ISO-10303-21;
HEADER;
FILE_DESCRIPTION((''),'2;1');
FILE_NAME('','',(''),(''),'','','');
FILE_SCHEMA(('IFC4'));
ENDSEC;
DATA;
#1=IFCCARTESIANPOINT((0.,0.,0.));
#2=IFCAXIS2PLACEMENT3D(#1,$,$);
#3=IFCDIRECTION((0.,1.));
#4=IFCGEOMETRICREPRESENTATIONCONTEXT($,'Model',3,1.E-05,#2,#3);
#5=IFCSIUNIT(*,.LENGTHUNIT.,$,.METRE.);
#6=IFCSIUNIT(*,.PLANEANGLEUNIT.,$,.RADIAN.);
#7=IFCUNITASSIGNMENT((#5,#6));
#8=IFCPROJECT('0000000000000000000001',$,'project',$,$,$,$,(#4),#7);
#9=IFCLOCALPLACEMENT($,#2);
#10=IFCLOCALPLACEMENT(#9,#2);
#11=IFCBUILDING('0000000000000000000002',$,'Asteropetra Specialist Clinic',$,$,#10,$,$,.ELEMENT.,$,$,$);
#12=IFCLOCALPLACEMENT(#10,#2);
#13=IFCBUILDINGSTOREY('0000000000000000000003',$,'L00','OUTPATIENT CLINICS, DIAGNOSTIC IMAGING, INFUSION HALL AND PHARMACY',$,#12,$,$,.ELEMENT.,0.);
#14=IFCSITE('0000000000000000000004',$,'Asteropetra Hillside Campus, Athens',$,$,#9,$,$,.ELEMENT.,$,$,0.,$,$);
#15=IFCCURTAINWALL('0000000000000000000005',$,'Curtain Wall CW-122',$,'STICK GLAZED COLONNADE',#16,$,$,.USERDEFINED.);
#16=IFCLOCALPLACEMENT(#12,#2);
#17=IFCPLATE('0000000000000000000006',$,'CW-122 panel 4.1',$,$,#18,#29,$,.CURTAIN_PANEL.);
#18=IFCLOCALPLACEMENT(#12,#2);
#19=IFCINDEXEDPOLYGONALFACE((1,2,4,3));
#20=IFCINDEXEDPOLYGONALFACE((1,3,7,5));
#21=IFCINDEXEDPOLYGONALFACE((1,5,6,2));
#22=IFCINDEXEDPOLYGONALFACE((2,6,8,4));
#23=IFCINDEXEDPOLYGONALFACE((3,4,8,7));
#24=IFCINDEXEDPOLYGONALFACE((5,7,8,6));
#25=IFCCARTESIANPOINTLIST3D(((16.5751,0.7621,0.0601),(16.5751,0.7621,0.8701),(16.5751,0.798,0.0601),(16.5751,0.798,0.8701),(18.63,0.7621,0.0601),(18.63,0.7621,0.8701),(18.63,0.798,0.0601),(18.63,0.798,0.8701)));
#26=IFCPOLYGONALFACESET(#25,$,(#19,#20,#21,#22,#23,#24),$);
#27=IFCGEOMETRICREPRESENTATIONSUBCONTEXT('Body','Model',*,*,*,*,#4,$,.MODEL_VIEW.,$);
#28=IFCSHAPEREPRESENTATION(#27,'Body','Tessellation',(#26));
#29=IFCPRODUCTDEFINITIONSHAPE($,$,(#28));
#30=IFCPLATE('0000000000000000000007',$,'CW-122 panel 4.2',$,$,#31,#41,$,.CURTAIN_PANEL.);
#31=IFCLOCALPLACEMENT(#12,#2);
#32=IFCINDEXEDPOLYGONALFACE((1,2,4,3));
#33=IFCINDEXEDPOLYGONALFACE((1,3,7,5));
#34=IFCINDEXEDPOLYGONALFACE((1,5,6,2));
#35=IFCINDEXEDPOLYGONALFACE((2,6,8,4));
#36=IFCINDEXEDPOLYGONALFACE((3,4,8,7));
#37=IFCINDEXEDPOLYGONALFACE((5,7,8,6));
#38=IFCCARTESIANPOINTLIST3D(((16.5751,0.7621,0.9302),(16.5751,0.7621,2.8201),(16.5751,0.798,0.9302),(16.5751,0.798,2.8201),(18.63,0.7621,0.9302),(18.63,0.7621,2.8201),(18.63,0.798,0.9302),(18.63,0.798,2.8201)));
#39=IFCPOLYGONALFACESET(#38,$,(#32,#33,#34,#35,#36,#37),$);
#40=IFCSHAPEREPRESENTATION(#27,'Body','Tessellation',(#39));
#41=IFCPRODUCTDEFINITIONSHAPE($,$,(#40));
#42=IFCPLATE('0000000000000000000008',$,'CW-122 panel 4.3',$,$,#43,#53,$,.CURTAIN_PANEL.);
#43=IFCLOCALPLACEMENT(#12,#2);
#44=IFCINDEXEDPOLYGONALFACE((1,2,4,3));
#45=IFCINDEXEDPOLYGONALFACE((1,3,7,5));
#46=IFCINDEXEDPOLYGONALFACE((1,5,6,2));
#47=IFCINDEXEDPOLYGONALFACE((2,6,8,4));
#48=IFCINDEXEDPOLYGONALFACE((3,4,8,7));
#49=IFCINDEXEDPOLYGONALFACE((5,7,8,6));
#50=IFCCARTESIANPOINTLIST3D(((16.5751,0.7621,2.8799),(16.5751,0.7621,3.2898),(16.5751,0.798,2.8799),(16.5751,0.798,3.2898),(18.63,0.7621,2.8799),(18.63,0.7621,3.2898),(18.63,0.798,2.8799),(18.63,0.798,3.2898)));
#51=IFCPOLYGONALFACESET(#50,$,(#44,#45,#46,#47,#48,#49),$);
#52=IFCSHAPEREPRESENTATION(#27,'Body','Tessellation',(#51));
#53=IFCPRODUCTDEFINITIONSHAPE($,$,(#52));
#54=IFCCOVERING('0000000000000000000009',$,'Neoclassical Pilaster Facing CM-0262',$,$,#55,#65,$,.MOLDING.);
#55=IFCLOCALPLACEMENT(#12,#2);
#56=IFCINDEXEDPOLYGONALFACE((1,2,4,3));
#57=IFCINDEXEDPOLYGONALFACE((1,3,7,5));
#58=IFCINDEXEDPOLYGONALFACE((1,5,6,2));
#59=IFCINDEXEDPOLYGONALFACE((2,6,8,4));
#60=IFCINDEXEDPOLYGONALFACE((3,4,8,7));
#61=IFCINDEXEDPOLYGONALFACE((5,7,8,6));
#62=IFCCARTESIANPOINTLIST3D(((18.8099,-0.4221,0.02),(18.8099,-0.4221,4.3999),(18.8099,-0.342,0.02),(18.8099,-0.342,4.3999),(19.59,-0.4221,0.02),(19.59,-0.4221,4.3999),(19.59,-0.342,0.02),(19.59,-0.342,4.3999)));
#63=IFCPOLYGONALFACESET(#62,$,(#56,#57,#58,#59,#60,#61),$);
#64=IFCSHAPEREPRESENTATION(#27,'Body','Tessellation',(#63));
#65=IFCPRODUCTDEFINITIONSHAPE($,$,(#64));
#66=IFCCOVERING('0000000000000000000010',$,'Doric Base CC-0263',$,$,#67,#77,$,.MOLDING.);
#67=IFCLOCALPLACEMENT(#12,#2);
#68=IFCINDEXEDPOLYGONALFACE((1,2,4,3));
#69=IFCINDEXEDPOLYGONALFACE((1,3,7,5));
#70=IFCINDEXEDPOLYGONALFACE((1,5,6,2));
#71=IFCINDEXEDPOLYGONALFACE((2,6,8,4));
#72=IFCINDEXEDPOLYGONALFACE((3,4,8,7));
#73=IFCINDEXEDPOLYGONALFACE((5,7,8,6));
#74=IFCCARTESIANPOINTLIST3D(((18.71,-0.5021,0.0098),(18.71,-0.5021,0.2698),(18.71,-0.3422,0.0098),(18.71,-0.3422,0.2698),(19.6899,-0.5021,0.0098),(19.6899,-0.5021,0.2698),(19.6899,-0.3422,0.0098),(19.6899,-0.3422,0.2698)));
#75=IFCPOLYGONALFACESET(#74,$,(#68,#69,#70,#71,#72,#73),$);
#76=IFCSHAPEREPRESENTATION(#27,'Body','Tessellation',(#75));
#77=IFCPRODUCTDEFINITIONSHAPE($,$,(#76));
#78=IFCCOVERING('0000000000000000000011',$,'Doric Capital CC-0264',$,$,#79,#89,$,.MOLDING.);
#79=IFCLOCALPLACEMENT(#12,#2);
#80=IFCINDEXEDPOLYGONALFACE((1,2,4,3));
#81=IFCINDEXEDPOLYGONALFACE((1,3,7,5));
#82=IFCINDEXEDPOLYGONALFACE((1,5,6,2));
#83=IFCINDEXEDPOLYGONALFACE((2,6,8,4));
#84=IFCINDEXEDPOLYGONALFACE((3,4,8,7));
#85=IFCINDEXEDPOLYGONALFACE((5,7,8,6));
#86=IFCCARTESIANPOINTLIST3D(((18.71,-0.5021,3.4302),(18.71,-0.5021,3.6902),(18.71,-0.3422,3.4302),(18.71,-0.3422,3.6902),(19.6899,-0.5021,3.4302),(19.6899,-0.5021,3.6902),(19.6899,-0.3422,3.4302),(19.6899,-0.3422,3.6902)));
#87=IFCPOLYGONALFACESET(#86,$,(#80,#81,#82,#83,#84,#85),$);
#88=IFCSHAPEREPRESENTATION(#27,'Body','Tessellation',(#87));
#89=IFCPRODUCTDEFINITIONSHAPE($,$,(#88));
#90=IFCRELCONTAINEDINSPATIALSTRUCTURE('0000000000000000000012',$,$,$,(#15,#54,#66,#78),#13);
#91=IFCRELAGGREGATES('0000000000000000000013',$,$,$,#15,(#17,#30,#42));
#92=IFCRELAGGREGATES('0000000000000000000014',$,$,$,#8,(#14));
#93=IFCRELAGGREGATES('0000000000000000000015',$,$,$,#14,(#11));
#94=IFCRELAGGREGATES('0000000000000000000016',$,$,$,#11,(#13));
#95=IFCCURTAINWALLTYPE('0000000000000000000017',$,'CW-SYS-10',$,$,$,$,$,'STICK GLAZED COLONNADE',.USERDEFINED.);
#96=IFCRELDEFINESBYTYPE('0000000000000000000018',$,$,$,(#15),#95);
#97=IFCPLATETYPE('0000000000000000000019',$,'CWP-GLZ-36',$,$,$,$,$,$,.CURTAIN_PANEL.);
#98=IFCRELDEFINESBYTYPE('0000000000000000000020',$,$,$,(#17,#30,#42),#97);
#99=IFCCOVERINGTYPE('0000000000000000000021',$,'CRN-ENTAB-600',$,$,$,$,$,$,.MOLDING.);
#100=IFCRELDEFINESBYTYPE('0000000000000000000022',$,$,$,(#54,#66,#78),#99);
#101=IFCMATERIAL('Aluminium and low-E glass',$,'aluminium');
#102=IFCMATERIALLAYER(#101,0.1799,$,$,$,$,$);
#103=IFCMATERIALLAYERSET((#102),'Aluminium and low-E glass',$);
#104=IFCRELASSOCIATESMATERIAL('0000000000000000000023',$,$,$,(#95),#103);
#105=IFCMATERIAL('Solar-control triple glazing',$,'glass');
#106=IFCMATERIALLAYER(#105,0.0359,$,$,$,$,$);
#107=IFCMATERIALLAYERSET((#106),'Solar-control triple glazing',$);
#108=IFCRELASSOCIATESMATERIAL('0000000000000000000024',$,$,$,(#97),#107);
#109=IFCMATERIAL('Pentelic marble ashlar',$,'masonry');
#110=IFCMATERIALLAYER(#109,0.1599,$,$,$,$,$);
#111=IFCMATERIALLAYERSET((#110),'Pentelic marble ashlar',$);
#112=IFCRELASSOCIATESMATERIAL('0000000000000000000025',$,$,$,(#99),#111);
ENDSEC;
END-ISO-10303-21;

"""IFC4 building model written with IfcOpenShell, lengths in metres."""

from ifc_helpers import new_model, si_unit, direction, frame, origin, origin_2d, place, context, subcontext, project, spatial, rectangle, extrude, material, layer, layer_set, type_object, element, aggregate, save


model = new_model("IFC4")

# Units and contexts
model_context = context("Model", 3, precision=1e-05, world=origin(), true_north=direction((0.0, 1.0)))
body_context = subcontext(model_context, "Body", "Model", "MODEL_VIEW")
ifc_project = project(units=[si_unit("LENGTHUNIT", "METRE"), si_unit("PLANEANGLEUNIT", "RADIAN")], contexts=[model_context])

# Site, building, storey
site_placement = place(None, origin())
site = spatial("IfcSite", under=ifc_project, at=site_placement, Name="Asteropetra Hillside Campus, Athens", CompositionType="ELEMENT", RefElevation=0.0)
building_placement = place(site_placement, origin())
building = spatial("IfcBuilding", under=site, at=building_placement, Name="Asteropetra Specialist Clinic", CompositionType="ELEMENT")
storey_placement = place(building_placement, origin())
storey = spatial("IfcBuildingStorey", under=building, at=storey_placement, Name="L00", Description="OUTPATIENT CLINICS, DIAGNOSTIC IMAGING, INFUSION HALL AND PHARMACY", CompositionType="ELEMENT", Elevation=0.0)

# Curtain wall
ifc_material_1 = material(Name="Aluminium and low-E glass", Category="aluminium")
ifc_layer_1 = layer(ifc_material_1, 0.1799)
ifc_layer_set_1 = layer_set([ifc_layer_1], Name="Aluminium and low-E glass")
curtain_wall_type = type_object("IfcCurtainWallType", Name="CW-SYS-10", ElementType="STICK GLAZED COLONNADE", PredefinedType="USERDEFINED", material=ifc_layer_set_1)
curtain_wall_placement = place(storey_placement, origin())
curtain_wall = element("IfcCurtainWall", 1, at=curtain_wall_placement, inside=storey, type_object=curtain_wall_type, Name="Curtain Wall CW-122", ObjectType="STICK GLAZED COLONNADE", PredefinedType="USERDEFINED")

# Plates
ifc_material_2 = material(Name="Solar-control triple glazing", Category="glass")
ifc_layer_2 = layer(ifc_material_2, 0.0359)
ifc_layer_set_2 = layer_set([ifc_layer_2], Name="Solar-control triple glazing")
plate_type = type_object("IfcPlateType", Name="CWP-GLZ-36", PredefinedType="CURTAIN_PANEL", material=ifc_layer_set_2)
plate_1_placement = place(storey_placement, frame((17.6025, 0.78, 0.0601), z_axis=(0.0, 0.0, 1.0), x_axis=(1.0, 0.0, 0.0)))
plate_1 = element("IfcPlate", 2, at=plate_1_placement, type_object=plate_type, Name="CW-122 panel 4.1", PredefinedType="CURTAIN_PANEL", context=body_context, shape_type="SweptSolid", body=[
    extrude(rectangle(XDim=2.0549, YDim=0.0359, at=origin_2d()), origin(), (0.0, 0.0, 1.0), 0.8101),
])
plate_2_placement = place(storey_placement, frame((17.6025, 0.78, 0.9302), z_axis=(0.0, 0.0, 1.0), x_axis=(1.0, 0.0, 0.0)))
plate_2 = element("IfcPlate", 3, at=plate_2_placement, type_object=plate_type, Name="CW-122 panel 4.2", PredefinedType="CURTAIN_PANEL", context=body_context, shape_type="SweptSolid", body=[
    extrude(rectangle(XDim=2.0549, YDim=0.0359, at=origin_2d()), origin(), (0.0, 0.0, 1.0), 1.8899),
])
plate_3_placement = place(storey_placement, frame((17.6025, 0.78, 2.8799), z_axis=(0.0, 0.0, 1.0), x_axis=(1.0, 0.0, 0.0)))
plate_3 = element("IfcPlate", 4, at=plate_3_placement, type_object=plate_type, Name="CW-122 panel 4.3", PredefinedType="CURTAIN_PANEL", context=body_context, shape_type="SweptSolid", body=[
    extrude(rectangle(XDim=2.0549, YDim=0.0359, at=origin_2d()), origin(), (0.0, 0.0, 1.0), 0.4099),
])
aggregate(curtain_wall, [plate_1, plate_2, plate_3])

# Coverings
ifc_material_3 = material(Name="Pentelic marble ashlar", Category="masonry")
ifc_layer_3 = layer(ifc_material_3, 0.1599)
ifc_layer_set_3 = layer_set([ifc_layer_3], Name="Pentelic marble ashlar")
covering_type = type_object("IfcCoveringType", Name="CRN-ENTAB-600", PredefinedType="MOLDING", material=ifc_layer_set_3)
covering_placement = place(storey_placement, frame((19.2, -0.3821, 0.02), z_axis=(0.0, 0.0, 1.0), x_axis=(1.0, 0.0, 0.0)))
element("IfcCovering", 5, at=covering_placement, inside=storey, type_object=covering_type, Name="Neoclassical Pilaster Facing CM-0262", PredefinedType="MOLDING", context=body_context, shape_type="SweptSolid", body=[
    extrude(rectangle(XDim=0.78, YDim=0.0801, at=origin_2d()), origin(), (0.0, 0.0, 1.0), 4.3799),
])
for number, where, z_axis, x_axis, name in (
    (6, (19.2, -0.4221, 0.0098), (0.0, 0.0, 1.0), (1.0, 0.0, 0.0), "Doric Base CC-0263"),
    (7, (19.2, -0.4221, 3.4302), (0.0, 0.0, 1.0), (1.0, 0.0, 0.0), "Doric Capital CC-0264"),
):
    element("IfcCovering", number, at=place(storey_placement, frame(where, z_axis=z_axis, x_axis=x_axis)), inside=storey, type_object=covering_type, Name=name, PredefinedType="MOLDING", context=body_context, shape_type="SweptSolid", body=[
        extrude(rectangle(XDim=0.98, YDim=0.1599, at=origin_2d()), origin(), (0.0, 0.0, 1.0), 0.26),
    ])

save(model, "model.ifc")
